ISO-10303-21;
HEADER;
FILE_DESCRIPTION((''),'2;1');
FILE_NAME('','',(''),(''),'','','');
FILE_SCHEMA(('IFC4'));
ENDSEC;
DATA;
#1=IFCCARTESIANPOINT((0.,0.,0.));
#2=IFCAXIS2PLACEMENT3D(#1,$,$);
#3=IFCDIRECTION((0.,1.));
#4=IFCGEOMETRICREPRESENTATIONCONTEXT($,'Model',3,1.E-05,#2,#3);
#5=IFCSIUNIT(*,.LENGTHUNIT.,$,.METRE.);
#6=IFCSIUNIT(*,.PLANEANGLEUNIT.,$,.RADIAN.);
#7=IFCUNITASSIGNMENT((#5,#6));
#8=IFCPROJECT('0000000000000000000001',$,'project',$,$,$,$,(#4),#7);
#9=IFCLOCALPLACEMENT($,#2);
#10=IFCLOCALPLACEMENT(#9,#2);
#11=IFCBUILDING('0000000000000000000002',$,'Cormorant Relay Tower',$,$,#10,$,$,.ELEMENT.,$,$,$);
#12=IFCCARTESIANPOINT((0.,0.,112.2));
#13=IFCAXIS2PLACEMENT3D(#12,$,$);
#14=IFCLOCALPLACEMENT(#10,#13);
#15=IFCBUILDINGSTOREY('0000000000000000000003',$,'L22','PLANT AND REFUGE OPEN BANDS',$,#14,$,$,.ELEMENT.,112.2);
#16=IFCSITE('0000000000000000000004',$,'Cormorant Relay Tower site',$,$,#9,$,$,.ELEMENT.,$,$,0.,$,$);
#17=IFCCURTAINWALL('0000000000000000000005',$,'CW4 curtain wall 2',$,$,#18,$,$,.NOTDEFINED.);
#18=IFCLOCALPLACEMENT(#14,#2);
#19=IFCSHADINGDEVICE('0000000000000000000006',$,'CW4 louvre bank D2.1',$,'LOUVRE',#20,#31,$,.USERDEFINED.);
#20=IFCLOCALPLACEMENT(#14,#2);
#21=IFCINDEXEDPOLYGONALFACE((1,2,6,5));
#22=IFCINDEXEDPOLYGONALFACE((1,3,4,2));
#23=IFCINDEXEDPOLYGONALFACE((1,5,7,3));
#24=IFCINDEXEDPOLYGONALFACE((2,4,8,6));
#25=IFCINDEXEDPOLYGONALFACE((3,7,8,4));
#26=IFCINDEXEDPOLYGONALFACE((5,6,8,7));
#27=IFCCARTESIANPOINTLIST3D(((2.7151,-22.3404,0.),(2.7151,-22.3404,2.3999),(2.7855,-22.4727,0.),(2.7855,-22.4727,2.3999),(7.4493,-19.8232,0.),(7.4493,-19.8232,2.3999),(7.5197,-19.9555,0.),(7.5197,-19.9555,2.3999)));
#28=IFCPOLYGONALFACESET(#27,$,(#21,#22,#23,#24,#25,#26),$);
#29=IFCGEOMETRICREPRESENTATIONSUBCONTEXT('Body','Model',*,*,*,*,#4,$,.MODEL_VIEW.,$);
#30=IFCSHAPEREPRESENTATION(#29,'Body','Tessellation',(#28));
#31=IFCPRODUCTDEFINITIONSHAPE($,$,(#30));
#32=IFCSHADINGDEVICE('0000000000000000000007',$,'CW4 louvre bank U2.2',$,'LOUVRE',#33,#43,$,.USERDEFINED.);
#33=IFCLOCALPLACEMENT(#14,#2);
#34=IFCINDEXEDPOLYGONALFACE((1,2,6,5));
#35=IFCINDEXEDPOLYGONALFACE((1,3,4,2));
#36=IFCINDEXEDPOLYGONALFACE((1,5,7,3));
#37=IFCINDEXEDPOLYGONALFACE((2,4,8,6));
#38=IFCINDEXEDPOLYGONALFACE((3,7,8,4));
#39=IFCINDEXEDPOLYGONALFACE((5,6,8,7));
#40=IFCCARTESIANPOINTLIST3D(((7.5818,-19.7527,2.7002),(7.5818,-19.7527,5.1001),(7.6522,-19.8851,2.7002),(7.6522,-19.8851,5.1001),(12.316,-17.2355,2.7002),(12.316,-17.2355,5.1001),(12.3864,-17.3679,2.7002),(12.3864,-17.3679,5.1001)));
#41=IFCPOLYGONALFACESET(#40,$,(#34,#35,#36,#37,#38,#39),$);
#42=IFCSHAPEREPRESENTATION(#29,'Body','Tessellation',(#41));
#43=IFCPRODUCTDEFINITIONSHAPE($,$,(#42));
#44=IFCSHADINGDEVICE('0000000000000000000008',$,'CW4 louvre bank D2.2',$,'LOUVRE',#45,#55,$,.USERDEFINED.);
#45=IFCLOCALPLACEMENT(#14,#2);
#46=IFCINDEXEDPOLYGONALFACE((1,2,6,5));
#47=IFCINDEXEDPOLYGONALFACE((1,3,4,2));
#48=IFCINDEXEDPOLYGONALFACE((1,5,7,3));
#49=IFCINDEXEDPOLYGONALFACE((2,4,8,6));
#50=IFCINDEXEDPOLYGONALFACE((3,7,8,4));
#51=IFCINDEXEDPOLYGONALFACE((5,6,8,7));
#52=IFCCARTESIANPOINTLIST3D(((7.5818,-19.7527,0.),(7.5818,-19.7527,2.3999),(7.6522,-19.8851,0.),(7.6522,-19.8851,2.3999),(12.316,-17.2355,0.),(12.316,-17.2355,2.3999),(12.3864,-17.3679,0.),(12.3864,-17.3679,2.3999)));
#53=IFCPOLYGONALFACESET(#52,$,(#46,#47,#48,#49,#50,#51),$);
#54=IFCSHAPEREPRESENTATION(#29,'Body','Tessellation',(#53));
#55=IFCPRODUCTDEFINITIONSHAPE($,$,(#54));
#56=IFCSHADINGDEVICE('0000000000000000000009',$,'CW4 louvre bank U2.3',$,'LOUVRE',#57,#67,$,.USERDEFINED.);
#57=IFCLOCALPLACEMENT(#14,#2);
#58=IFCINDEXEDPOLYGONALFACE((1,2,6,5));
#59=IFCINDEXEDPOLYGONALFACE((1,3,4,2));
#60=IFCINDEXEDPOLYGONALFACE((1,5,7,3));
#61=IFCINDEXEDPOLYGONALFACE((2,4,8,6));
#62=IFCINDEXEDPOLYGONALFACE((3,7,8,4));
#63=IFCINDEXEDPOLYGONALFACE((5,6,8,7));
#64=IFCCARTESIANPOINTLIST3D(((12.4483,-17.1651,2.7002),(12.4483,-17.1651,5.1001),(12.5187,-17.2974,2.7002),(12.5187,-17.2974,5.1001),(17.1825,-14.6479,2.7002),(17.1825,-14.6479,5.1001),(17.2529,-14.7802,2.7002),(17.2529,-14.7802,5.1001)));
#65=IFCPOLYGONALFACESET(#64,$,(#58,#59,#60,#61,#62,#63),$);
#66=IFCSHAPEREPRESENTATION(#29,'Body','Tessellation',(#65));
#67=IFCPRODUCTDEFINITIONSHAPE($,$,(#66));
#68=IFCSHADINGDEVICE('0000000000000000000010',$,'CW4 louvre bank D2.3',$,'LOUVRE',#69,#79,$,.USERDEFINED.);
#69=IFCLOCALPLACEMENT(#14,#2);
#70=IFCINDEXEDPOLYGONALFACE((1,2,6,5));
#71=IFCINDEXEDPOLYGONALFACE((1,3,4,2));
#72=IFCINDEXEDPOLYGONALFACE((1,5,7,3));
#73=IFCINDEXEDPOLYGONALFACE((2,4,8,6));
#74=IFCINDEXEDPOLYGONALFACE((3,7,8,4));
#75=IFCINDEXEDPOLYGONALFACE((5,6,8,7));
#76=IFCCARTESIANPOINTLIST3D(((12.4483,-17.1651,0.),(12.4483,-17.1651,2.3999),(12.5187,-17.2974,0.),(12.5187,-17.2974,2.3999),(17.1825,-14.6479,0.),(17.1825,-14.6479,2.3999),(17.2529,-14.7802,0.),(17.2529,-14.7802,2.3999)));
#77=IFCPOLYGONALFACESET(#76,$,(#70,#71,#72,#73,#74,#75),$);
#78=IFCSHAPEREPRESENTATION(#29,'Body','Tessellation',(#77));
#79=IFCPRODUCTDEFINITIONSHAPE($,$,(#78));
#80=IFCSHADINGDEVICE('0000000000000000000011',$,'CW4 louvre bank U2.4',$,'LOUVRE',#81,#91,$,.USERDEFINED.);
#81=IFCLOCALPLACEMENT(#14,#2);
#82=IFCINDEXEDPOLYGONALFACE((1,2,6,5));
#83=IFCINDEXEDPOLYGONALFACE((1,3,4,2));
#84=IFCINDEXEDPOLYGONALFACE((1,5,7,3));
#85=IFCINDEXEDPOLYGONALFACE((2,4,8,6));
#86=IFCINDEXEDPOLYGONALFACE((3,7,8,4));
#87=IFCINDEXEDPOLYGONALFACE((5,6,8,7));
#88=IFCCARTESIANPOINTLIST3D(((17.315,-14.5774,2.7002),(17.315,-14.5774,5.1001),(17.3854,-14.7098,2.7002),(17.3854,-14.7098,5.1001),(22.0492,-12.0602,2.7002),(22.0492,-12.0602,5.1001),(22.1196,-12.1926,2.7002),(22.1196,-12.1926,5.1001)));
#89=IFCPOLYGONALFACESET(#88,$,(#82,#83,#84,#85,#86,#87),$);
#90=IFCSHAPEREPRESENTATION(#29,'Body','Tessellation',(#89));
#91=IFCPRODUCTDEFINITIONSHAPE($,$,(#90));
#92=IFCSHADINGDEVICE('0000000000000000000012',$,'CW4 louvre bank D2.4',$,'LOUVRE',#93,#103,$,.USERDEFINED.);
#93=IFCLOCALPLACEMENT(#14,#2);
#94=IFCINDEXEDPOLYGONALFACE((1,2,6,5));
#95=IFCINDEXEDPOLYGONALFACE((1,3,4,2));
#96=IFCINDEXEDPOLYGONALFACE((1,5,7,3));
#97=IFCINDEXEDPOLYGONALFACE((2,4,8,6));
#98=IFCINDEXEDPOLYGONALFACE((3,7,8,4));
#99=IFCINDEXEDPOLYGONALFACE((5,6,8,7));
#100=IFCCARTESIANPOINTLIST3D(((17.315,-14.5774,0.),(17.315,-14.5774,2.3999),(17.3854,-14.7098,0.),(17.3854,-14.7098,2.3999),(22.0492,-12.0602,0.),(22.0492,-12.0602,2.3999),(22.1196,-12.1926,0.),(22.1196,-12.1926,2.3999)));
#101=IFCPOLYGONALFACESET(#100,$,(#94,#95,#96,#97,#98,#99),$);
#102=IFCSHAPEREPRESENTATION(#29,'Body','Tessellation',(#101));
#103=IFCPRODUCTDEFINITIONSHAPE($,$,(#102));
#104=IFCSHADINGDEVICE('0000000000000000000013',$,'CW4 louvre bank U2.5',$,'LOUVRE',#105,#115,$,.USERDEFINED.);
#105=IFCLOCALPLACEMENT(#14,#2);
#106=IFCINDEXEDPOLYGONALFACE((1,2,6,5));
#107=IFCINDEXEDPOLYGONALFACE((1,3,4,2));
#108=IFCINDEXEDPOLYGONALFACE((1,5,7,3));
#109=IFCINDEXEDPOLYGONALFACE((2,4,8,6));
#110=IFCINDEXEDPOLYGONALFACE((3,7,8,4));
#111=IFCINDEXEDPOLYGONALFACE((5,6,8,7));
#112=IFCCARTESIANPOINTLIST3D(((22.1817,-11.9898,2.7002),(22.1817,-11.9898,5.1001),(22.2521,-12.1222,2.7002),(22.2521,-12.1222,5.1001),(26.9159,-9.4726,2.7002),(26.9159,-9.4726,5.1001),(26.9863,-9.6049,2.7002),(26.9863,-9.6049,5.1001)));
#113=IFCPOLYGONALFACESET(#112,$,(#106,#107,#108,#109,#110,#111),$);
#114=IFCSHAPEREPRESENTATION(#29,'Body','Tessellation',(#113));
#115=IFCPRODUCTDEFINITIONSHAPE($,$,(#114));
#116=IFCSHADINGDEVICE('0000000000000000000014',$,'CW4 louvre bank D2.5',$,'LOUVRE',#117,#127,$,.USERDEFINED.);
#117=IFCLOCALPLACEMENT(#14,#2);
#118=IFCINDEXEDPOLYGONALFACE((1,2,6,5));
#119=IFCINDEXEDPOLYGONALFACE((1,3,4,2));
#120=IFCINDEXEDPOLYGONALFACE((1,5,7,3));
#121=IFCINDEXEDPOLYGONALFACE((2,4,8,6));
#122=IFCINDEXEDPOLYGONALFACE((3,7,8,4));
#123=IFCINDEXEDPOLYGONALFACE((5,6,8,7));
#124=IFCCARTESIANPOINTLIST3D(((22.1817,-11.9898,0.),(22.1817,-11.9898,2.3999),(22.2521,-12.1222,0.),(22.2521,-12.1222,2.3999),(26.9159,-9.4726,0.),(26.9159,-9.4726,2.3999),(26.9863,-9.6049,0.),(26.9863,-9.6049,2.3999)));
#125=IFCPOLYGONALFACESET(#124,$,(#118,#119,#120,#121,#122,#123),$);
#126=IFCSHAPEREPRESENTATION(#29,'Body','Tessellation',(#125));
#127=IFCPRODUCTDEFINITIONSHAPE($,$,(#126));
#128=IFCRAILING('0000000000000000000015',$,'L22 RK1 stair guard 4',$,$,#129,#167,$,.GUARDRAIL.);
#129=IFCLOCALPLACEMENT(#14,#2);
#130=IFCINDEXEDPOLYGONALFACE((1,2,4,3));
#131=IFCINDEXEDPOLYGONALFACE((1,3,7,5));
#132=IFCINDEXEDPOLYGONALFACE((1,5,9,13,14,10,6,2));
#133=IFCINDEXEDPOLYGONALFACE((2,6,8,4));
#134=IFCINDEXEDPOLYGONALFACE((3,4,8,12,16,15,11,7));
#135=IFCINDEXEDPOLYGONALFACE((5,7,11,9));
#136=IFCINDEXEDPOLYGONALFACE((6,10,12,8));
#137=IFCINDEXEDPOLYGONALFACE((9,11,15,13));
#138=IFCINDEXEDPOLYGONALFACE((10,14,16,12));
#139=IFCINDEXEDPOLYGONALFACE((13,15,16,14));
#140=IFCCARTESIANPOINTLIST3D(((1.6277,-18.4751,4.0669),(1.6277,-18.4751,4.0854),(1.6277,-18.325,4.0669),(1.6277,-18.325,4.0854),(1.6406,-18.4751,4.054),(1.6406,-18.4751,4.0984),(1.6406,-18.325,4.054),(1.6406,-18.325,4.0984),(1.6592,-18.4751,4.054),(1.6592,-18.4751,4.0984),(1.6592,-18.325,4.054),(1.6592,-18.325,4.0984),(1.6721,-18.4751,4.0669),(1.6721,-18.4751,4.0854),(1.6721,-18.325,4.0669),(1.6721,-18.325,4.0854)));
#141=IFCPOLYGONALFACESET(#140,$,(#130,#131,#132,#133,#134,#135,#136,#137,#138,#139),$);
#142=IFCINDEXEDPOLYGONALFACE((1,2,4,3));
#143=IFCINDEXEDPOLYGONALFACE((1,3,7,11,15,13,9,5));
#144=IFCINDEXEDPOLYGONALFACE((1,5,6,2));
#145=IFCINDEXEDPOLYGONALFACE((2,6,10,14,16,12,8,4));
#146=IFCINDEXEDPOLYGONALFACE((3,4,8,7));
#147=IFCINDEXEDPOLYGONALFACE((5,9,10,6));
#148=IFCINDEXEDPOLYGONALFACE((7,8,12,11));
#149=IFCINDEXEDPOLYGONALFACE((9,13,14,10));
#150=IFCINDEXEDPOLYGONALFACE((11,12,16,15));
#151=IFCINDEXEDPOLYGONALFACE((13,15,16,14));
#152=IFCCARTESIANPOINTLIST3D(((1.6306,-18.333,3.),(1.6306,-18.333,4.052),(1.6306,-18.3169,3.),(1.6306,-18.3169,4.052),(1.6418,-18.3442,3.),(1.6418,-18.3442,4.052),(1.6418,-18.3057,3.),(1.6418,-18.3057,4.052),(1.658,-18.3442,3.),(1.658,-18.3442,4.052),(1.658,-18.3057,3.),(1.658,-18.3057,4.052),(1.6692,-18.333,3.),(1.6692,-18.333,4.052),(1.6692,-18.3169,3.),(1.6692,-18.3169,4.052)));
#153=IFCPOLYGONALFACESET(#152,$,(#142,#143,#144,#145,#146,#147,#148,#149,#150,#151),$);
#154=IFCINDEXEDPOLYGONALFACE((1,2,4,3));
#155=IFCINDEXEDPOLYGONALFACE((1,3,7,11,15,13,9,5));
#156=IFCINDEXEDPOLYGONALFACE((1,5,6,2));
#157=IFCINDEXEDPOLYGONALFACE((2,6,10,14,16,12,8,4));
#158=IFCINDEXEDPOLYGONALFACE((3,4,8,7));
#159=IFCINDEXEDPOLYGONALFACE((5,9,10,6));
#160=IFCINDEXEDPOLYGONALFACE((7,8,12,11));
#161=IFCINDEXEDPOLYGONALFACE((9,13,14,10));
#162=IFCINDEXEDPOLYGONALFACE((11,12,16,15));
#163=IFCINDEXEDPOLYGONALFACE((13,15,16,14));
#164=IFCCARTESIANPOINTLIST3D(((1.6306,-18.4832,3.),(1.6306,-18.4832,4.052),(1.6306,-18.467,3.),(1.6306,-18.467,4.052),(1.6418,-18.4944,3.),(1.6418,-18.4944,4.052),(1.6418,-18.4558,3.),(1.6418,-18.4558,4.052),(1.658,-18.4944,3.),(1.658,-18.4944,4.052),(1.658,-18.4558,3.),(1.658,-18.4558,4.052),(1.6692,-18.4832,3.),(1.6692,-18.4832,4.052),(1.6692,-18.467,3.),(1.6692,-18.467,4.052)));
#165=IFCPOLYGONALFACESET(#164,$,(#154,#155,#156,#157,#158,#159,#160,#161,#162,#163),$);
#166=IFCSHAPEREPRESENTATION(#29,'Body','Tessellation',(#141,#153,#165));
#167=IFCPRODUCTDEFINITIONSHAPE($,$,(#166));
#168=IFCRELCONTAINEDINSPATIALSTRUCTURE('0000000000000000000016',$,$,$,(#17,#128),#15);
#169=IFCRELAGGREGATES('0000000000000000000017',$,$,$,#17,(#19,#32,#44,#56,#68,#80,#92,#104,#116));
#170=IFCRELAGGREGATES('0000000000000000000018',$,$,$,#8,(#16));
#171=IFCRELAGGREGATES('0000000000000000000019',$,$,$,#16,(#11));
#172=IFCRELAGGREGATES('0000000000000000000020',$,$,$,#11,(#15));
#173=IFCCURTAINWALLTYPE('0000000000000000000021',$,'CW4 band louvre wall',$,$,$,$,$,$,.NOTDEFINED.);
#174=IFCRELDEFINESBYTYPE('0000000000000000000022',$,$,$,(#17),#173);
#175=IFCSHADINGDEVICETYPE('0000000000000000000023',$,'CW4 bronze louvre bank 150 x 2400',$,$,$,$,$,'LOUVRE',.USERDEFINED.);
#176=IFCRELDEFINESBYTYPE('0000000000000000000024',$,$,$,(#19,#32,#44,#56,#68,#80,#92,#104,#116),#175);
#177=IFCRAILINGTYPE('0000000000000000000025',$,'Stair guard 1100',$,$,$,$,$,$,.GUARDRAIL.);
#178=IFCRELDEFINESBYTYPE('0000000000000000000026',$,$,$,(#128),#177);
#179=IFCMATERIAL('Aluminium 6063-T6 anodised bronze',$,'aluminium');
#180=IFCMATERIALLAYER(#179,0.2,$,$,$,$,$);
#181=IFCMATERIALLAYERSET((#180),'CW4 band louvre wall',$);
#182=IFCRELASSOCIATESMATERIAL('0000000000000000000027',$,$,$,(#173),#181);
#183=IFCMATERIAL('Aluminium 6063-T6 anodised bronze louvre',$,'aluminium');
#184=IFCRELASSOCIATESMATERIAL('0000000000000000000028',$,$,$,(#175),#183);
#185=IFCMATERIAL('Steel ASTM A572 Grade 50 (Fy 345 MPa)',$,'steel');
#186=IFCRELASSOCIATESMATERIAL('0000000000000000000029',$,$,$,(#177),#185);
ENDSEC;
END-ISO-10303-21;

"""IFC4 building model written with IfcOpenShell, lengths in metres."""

from ifc_helpers import new_model, si_unit, direction, frame, origin, origin_2d, place, context, subcontext, project, spatial, polyline, rectangle, outline, extrude, material, layer, layer_set, type_object, element, aggregate, save


model = new_model("IFC4")

# Units and contexts
model_context = context("Model", 3, precision=1e-05, world=origin(), true_north=direction((0.0, 1.0)))
body_context = subcontext(model_context, "Body", "Model", "MODEL_VIEW")
ifc_project = project(units=[si_unit("LENGTHUNIT", "METRE"), si_unit("PLANEANGLEUNIT", "RADIAN")], contexts=[model_context])

# Site, building, storey
site_placement = place(None, origin())
site = spatial("IfcSite", under=ifc_project, at=site_placement, Name="Cormorant Relay Tower site", CompositionType="ELEMENT", RefElevation=0.0)
building_placement = place(site_placement, origin())
building = spatial("IfcBuilding", under=site, at=building_placement, Name="Cormorant Relay Tower", CompositionType="ELEMENT")
storey_placement = place(building_placement, frame((0.0, 0.0, 112.2)))
storey = spatial("IfcBuildingStorey", under=building, at=storey_placement, Name="L22", Description="PLANT AND REFUGE OPEN BANDS", CompositionType="ELEMENT", Elevation=112.2)

# Curtain wall
ifc_material_1 = material(Name="Aluminium 6063-T6 anodised bronze", Category="aluminium")
ifc_layer_1 = layer(ifc_material_1, 0.2)
ifc_layer_set_1 = layer_set([ifc_layer_1], Name="CW4 band louvre wall")
curtain_wall_type = type_object("IfcCurtainWallType", Name="CW4 band louvre wall", PredefinedType="NOTDEFINED", material=ifc_layer_set_1)
curtain_wall_placement = place(storey_placement, origin())
curtain_wall = element("IfcCurtainWall", 1, at=curtain_wall_placement, inside=storey, type_object=curtain_wall_type, Name="CW4 curtain wall 2", PredefinedType="NOTDEFINED")

# Shading devices
ifc_material_2 = material(Name="Aluminium 6063-T6 anodised bronze louvre", Category="aluminium")
shading_device_type = type_object("IfcShadingDeviceType", Name="CW4 bronze louvre bank 150 x 2400", ElementType="LOUVRE", PredefinedType="USERDEFINED", material=ifc_material_2)
shading_device_1_placement = place(storey_placement, frame((5.1174, -21.1479, 0.0), z_axis=(0.0, 0.0, 1.0), x_axis=(0.882948, 0.469472, 0.0)))
shading_device_1 = element("IfcShadingDevice", 2, at=shading_device_1_placement, type_object=shading_device_type, Name="CW4 louvre bank D2.1", ObjectType="LOUVRE", PredefinedType="USERDEFINED", context=body_context, shape_type="SweptSolid", body=[
    extrude(rectangle(XDim=5.3618, YDim=0.1499, at=origin_2d()), origin(), (0.0, 0.0, 1.0), 2.3999),
])
shading_device_2_placement = place(storey_placement, frame((9.9841, -18.5603, 2.7002), z_axis=(0.0, 0.0, 1.0), x_axis=(0.882948, 0.469472, 0.0)))
shading_device_2 = element("IfcShadingDevice", 3, at=shading_device_2_placement, type_object=shading_device_type, Name="CW4 louvre bank U2.2", ObjectType="LOUVRE", PredefinedType="USERDEFINED", context=body_context, shape_type="SweptSolid", body=[
    extrude(rectangle(XDim=5.3618, YDim=0.1499, at=origin_2d()), origin(), (0.0, 0.0, 1.0), 2.3999),
])
shading_device_3_placement = place(storey_placement, frame((9.9841, -18.5603, 0.0), z_axis=(0.0, 0.0, 1.0), x_axis=(0.882948, 0.469472, 0.0)))
shading_device_3 = element("IfcShadingDevice", 4, at=shading_device_3_placement, type_object=shading_device_type, Name="CW4 louvre bank D2.2", ObjectType="LOUVRE", PredefinedType="USERDEFINED", context=body_context, shape_type="SweptSolid", body=[
    extrude(rectangle(XDim=5.3618, YDim=0.1499, at=origin_2d()), origin(), (0.0, 0.0, 1.0), 2.3999),
])
shading_device_4_placement = place(storey_placement, frame((14.8506, -15.9727, 2.7002), z_axis=(0.0, 0.0, 1.0), x_axis=(0.882948, 0.469472, 0.0)))
shading_device_4 = element("IfcShadingDevice", 5, at=shading_device_4_placement, type_object=shading_device_type, Name="CW4 louvre bank U2.3", ObjectType="LOUVRE", PredefinedType="USERDEFINED", context=body_context, shape_type="SweptSolid", body=[
    extrude(rectangle(XDim=5.3618, YDim=0.1499, at=origin_2d()), origin(), (0.0, 0.0, 1.0), 2.3999),
])
shading_device_5_placement = place(storey_placement, frame((14.8506, -15.9727, 0.0), z_axis=(0.0, 0.0, 1.0), x_axis=(0.882948, 0.469472, 0.0)))
shading_device_5 = element("IfcShadingDevice", 6, at=shading_device_5_placement, type_object=shading_device_type, Name="CW4 louvre bank D2.3", ObjectType="LOUVRE", PredefinedType="USERDEFINED", context=body_context, shape_type="SweptSolid", body=[
    extrude(rectangle(XDim=5.3618, YDim=0.1499, at=origin_2d()), origin(), (0.0, 0.0, 1.0), 2.3999),
])
shading_device_6_placement = place(storey_placement, frame((19.7173, -13.385, 2.7002), z_axis=(0.0, 0.0, 1.0), x_axis=(0.882948, 0.469472, 0.0)))
shading_device_6 = element("IfcShadingDevice", 7, at=shading_device_6_placement, type_object=shading_device_type, Name="CW4 louvre bank U2.4", ObjectType="LOUVRE", PredefinedType="USERDEFINED", context=body_context, shape_type="SweptSolid", body=[
    extrude(rectangle(XDim=5.3618, YDim=0.1499, at=origin_2d()), origin(), (0.0, 0.0, 1.0), 2.3999),
])
shading_device_7_placement = place(storey_placement, frame((19.7173, -13.385, 0.0), z_axis=(0.0, 0.0, 1.0), x_axis=(0.882948, 0.469472, 0.0)))
shading_device_7 = element("IfcShadingDevice", 8, at=shading_device_7_placement, type_object=shading_device_type, Name="CW4 louvre bank D2.4", ObjectType="LOUVRE", PredefinedType="USERDEFINED", context=body_context, shape_type="SweptSolid", body=[
    extrude(rectangle(XDim=5.3618, YDim=0.1499, at=origin_2d()), origin(), (0.0, 0.0, 1.0), 2.3999),
])
shading_device_8_placement = place(storey_placement, frame((24.584, -10.7974, 2.7002), z_axis=(0.0, 0.0, 1.0), x_axis=(0.882948, 0.469472, 0.0)))
shading_device_8 = element("IfcShadingDevice", 9, at=shading_device_8_placement, type_object=shading_device_type, Name="CW4 louvre bank U2.5", ObjectType="LOUVRE", PredefinedType="USERDEFINED", context=body_context, shape_type="SweptSolid", body=[
    extrude(rectangle(XDim=5.3618, YDim=0.1499, at=origin_2d()), origin(), (0.0, 0.0, 1.0), 2.3999),
])
shading_device_9_placement = place(storey_placement, frame((24.584, -10.7974, 0.0), z_axis=(0.0, 0.0, 1.0), x_axis=(0.882948, 0.469472, 0.0)))
shading_device_9 = element("IfcShadingDevice", 10, at=shading_device_9_placement, type_object=shading_device_type, Name="CW4 louvre bank D2.5", ObjectType="LOUVRE", PredefinedType="USERDEFINED", context=body_context, shape_type="SweptSolid", body=[
    extrude(rectangle(XDim=5.3618, YDim=0.1499, at=origin_2d()), origin(), (0.0, 0.0, 1.0), 2.3999),
])
aggregate(curtain_wall, [shading_device_1, shading_device_2, shading_device_3, shading_device_4, shading_device_5, shading_device_6, shading_device_7, shading_device_8, shading_device_9])

# Railing
ifc_material_3 = material(Name="Steel ASTM A572 Grade 50 (Fy 345 MPa)", Category="steel")
railing_type_1 = type_object("IfcRailingType", Name="Stair guard 1100", PredefinedType="GUARDRAIL", material=ifc_material_3)
for number, where, name in (
    (11, (1.6499, -18.325, 3.0), "L22 RK1 stair guard 4"),
):
    element("IfcRailing", number, at=place(storey_placement, frame(where)), inside=storey, type_object=railing_type_1, Name=name, PredefinedType="GUARDRAIL", context=body_context, shape_type="SweptSolid", body=[
        extrude(outline(polyline([(0.0222, 0.0093), (0.0093, 0.0222), (-0.0093, 0.0222), (-0.0222, 0.0093), (-0.0222, -0.0093), (-0.0093, -0.0222), (0.0093, -0.0222), (0.0222, -0.0093), (0.0222, 0.0093)])), frame((0.0, 0.0, 1.0762), z_axis=(0.0, -1.0, 0.0), x_axis=(1.0, 0.0, 0.0)), (0.0, 0.0, 1.0), 0.1501),
        extrude(outline(polyline([(0.0193, 0.0081), (0.0081, 0.0193), (-0.0081, 0.0193), (-0.0193, 0.0081), (-0.0193, -0.0081), (-0.0081, -0.0193), (0.0081, -0.0193), (0.0193, -0.0081), (0.0193, 0.0081)])), origin(), (0.0, 0.0, 1.0), 1.052),
        extrude(outline(polyline([(0.0193, 0.0081), (0.0081, 0.0193), (-0.0081, 0.0193), (-0.0193, 0.0081), (-0.0193, -0.0081), (-0.0081, -0.0193), (0.0081, -0.0193), (0.0193, -0.0081), (0.0193, 0.0081)])), frame((0.0, -0.1501, 0.0)), (0.0, 0.0, 1.0), 1.052),
    ])

save(model, "model.ifc")
